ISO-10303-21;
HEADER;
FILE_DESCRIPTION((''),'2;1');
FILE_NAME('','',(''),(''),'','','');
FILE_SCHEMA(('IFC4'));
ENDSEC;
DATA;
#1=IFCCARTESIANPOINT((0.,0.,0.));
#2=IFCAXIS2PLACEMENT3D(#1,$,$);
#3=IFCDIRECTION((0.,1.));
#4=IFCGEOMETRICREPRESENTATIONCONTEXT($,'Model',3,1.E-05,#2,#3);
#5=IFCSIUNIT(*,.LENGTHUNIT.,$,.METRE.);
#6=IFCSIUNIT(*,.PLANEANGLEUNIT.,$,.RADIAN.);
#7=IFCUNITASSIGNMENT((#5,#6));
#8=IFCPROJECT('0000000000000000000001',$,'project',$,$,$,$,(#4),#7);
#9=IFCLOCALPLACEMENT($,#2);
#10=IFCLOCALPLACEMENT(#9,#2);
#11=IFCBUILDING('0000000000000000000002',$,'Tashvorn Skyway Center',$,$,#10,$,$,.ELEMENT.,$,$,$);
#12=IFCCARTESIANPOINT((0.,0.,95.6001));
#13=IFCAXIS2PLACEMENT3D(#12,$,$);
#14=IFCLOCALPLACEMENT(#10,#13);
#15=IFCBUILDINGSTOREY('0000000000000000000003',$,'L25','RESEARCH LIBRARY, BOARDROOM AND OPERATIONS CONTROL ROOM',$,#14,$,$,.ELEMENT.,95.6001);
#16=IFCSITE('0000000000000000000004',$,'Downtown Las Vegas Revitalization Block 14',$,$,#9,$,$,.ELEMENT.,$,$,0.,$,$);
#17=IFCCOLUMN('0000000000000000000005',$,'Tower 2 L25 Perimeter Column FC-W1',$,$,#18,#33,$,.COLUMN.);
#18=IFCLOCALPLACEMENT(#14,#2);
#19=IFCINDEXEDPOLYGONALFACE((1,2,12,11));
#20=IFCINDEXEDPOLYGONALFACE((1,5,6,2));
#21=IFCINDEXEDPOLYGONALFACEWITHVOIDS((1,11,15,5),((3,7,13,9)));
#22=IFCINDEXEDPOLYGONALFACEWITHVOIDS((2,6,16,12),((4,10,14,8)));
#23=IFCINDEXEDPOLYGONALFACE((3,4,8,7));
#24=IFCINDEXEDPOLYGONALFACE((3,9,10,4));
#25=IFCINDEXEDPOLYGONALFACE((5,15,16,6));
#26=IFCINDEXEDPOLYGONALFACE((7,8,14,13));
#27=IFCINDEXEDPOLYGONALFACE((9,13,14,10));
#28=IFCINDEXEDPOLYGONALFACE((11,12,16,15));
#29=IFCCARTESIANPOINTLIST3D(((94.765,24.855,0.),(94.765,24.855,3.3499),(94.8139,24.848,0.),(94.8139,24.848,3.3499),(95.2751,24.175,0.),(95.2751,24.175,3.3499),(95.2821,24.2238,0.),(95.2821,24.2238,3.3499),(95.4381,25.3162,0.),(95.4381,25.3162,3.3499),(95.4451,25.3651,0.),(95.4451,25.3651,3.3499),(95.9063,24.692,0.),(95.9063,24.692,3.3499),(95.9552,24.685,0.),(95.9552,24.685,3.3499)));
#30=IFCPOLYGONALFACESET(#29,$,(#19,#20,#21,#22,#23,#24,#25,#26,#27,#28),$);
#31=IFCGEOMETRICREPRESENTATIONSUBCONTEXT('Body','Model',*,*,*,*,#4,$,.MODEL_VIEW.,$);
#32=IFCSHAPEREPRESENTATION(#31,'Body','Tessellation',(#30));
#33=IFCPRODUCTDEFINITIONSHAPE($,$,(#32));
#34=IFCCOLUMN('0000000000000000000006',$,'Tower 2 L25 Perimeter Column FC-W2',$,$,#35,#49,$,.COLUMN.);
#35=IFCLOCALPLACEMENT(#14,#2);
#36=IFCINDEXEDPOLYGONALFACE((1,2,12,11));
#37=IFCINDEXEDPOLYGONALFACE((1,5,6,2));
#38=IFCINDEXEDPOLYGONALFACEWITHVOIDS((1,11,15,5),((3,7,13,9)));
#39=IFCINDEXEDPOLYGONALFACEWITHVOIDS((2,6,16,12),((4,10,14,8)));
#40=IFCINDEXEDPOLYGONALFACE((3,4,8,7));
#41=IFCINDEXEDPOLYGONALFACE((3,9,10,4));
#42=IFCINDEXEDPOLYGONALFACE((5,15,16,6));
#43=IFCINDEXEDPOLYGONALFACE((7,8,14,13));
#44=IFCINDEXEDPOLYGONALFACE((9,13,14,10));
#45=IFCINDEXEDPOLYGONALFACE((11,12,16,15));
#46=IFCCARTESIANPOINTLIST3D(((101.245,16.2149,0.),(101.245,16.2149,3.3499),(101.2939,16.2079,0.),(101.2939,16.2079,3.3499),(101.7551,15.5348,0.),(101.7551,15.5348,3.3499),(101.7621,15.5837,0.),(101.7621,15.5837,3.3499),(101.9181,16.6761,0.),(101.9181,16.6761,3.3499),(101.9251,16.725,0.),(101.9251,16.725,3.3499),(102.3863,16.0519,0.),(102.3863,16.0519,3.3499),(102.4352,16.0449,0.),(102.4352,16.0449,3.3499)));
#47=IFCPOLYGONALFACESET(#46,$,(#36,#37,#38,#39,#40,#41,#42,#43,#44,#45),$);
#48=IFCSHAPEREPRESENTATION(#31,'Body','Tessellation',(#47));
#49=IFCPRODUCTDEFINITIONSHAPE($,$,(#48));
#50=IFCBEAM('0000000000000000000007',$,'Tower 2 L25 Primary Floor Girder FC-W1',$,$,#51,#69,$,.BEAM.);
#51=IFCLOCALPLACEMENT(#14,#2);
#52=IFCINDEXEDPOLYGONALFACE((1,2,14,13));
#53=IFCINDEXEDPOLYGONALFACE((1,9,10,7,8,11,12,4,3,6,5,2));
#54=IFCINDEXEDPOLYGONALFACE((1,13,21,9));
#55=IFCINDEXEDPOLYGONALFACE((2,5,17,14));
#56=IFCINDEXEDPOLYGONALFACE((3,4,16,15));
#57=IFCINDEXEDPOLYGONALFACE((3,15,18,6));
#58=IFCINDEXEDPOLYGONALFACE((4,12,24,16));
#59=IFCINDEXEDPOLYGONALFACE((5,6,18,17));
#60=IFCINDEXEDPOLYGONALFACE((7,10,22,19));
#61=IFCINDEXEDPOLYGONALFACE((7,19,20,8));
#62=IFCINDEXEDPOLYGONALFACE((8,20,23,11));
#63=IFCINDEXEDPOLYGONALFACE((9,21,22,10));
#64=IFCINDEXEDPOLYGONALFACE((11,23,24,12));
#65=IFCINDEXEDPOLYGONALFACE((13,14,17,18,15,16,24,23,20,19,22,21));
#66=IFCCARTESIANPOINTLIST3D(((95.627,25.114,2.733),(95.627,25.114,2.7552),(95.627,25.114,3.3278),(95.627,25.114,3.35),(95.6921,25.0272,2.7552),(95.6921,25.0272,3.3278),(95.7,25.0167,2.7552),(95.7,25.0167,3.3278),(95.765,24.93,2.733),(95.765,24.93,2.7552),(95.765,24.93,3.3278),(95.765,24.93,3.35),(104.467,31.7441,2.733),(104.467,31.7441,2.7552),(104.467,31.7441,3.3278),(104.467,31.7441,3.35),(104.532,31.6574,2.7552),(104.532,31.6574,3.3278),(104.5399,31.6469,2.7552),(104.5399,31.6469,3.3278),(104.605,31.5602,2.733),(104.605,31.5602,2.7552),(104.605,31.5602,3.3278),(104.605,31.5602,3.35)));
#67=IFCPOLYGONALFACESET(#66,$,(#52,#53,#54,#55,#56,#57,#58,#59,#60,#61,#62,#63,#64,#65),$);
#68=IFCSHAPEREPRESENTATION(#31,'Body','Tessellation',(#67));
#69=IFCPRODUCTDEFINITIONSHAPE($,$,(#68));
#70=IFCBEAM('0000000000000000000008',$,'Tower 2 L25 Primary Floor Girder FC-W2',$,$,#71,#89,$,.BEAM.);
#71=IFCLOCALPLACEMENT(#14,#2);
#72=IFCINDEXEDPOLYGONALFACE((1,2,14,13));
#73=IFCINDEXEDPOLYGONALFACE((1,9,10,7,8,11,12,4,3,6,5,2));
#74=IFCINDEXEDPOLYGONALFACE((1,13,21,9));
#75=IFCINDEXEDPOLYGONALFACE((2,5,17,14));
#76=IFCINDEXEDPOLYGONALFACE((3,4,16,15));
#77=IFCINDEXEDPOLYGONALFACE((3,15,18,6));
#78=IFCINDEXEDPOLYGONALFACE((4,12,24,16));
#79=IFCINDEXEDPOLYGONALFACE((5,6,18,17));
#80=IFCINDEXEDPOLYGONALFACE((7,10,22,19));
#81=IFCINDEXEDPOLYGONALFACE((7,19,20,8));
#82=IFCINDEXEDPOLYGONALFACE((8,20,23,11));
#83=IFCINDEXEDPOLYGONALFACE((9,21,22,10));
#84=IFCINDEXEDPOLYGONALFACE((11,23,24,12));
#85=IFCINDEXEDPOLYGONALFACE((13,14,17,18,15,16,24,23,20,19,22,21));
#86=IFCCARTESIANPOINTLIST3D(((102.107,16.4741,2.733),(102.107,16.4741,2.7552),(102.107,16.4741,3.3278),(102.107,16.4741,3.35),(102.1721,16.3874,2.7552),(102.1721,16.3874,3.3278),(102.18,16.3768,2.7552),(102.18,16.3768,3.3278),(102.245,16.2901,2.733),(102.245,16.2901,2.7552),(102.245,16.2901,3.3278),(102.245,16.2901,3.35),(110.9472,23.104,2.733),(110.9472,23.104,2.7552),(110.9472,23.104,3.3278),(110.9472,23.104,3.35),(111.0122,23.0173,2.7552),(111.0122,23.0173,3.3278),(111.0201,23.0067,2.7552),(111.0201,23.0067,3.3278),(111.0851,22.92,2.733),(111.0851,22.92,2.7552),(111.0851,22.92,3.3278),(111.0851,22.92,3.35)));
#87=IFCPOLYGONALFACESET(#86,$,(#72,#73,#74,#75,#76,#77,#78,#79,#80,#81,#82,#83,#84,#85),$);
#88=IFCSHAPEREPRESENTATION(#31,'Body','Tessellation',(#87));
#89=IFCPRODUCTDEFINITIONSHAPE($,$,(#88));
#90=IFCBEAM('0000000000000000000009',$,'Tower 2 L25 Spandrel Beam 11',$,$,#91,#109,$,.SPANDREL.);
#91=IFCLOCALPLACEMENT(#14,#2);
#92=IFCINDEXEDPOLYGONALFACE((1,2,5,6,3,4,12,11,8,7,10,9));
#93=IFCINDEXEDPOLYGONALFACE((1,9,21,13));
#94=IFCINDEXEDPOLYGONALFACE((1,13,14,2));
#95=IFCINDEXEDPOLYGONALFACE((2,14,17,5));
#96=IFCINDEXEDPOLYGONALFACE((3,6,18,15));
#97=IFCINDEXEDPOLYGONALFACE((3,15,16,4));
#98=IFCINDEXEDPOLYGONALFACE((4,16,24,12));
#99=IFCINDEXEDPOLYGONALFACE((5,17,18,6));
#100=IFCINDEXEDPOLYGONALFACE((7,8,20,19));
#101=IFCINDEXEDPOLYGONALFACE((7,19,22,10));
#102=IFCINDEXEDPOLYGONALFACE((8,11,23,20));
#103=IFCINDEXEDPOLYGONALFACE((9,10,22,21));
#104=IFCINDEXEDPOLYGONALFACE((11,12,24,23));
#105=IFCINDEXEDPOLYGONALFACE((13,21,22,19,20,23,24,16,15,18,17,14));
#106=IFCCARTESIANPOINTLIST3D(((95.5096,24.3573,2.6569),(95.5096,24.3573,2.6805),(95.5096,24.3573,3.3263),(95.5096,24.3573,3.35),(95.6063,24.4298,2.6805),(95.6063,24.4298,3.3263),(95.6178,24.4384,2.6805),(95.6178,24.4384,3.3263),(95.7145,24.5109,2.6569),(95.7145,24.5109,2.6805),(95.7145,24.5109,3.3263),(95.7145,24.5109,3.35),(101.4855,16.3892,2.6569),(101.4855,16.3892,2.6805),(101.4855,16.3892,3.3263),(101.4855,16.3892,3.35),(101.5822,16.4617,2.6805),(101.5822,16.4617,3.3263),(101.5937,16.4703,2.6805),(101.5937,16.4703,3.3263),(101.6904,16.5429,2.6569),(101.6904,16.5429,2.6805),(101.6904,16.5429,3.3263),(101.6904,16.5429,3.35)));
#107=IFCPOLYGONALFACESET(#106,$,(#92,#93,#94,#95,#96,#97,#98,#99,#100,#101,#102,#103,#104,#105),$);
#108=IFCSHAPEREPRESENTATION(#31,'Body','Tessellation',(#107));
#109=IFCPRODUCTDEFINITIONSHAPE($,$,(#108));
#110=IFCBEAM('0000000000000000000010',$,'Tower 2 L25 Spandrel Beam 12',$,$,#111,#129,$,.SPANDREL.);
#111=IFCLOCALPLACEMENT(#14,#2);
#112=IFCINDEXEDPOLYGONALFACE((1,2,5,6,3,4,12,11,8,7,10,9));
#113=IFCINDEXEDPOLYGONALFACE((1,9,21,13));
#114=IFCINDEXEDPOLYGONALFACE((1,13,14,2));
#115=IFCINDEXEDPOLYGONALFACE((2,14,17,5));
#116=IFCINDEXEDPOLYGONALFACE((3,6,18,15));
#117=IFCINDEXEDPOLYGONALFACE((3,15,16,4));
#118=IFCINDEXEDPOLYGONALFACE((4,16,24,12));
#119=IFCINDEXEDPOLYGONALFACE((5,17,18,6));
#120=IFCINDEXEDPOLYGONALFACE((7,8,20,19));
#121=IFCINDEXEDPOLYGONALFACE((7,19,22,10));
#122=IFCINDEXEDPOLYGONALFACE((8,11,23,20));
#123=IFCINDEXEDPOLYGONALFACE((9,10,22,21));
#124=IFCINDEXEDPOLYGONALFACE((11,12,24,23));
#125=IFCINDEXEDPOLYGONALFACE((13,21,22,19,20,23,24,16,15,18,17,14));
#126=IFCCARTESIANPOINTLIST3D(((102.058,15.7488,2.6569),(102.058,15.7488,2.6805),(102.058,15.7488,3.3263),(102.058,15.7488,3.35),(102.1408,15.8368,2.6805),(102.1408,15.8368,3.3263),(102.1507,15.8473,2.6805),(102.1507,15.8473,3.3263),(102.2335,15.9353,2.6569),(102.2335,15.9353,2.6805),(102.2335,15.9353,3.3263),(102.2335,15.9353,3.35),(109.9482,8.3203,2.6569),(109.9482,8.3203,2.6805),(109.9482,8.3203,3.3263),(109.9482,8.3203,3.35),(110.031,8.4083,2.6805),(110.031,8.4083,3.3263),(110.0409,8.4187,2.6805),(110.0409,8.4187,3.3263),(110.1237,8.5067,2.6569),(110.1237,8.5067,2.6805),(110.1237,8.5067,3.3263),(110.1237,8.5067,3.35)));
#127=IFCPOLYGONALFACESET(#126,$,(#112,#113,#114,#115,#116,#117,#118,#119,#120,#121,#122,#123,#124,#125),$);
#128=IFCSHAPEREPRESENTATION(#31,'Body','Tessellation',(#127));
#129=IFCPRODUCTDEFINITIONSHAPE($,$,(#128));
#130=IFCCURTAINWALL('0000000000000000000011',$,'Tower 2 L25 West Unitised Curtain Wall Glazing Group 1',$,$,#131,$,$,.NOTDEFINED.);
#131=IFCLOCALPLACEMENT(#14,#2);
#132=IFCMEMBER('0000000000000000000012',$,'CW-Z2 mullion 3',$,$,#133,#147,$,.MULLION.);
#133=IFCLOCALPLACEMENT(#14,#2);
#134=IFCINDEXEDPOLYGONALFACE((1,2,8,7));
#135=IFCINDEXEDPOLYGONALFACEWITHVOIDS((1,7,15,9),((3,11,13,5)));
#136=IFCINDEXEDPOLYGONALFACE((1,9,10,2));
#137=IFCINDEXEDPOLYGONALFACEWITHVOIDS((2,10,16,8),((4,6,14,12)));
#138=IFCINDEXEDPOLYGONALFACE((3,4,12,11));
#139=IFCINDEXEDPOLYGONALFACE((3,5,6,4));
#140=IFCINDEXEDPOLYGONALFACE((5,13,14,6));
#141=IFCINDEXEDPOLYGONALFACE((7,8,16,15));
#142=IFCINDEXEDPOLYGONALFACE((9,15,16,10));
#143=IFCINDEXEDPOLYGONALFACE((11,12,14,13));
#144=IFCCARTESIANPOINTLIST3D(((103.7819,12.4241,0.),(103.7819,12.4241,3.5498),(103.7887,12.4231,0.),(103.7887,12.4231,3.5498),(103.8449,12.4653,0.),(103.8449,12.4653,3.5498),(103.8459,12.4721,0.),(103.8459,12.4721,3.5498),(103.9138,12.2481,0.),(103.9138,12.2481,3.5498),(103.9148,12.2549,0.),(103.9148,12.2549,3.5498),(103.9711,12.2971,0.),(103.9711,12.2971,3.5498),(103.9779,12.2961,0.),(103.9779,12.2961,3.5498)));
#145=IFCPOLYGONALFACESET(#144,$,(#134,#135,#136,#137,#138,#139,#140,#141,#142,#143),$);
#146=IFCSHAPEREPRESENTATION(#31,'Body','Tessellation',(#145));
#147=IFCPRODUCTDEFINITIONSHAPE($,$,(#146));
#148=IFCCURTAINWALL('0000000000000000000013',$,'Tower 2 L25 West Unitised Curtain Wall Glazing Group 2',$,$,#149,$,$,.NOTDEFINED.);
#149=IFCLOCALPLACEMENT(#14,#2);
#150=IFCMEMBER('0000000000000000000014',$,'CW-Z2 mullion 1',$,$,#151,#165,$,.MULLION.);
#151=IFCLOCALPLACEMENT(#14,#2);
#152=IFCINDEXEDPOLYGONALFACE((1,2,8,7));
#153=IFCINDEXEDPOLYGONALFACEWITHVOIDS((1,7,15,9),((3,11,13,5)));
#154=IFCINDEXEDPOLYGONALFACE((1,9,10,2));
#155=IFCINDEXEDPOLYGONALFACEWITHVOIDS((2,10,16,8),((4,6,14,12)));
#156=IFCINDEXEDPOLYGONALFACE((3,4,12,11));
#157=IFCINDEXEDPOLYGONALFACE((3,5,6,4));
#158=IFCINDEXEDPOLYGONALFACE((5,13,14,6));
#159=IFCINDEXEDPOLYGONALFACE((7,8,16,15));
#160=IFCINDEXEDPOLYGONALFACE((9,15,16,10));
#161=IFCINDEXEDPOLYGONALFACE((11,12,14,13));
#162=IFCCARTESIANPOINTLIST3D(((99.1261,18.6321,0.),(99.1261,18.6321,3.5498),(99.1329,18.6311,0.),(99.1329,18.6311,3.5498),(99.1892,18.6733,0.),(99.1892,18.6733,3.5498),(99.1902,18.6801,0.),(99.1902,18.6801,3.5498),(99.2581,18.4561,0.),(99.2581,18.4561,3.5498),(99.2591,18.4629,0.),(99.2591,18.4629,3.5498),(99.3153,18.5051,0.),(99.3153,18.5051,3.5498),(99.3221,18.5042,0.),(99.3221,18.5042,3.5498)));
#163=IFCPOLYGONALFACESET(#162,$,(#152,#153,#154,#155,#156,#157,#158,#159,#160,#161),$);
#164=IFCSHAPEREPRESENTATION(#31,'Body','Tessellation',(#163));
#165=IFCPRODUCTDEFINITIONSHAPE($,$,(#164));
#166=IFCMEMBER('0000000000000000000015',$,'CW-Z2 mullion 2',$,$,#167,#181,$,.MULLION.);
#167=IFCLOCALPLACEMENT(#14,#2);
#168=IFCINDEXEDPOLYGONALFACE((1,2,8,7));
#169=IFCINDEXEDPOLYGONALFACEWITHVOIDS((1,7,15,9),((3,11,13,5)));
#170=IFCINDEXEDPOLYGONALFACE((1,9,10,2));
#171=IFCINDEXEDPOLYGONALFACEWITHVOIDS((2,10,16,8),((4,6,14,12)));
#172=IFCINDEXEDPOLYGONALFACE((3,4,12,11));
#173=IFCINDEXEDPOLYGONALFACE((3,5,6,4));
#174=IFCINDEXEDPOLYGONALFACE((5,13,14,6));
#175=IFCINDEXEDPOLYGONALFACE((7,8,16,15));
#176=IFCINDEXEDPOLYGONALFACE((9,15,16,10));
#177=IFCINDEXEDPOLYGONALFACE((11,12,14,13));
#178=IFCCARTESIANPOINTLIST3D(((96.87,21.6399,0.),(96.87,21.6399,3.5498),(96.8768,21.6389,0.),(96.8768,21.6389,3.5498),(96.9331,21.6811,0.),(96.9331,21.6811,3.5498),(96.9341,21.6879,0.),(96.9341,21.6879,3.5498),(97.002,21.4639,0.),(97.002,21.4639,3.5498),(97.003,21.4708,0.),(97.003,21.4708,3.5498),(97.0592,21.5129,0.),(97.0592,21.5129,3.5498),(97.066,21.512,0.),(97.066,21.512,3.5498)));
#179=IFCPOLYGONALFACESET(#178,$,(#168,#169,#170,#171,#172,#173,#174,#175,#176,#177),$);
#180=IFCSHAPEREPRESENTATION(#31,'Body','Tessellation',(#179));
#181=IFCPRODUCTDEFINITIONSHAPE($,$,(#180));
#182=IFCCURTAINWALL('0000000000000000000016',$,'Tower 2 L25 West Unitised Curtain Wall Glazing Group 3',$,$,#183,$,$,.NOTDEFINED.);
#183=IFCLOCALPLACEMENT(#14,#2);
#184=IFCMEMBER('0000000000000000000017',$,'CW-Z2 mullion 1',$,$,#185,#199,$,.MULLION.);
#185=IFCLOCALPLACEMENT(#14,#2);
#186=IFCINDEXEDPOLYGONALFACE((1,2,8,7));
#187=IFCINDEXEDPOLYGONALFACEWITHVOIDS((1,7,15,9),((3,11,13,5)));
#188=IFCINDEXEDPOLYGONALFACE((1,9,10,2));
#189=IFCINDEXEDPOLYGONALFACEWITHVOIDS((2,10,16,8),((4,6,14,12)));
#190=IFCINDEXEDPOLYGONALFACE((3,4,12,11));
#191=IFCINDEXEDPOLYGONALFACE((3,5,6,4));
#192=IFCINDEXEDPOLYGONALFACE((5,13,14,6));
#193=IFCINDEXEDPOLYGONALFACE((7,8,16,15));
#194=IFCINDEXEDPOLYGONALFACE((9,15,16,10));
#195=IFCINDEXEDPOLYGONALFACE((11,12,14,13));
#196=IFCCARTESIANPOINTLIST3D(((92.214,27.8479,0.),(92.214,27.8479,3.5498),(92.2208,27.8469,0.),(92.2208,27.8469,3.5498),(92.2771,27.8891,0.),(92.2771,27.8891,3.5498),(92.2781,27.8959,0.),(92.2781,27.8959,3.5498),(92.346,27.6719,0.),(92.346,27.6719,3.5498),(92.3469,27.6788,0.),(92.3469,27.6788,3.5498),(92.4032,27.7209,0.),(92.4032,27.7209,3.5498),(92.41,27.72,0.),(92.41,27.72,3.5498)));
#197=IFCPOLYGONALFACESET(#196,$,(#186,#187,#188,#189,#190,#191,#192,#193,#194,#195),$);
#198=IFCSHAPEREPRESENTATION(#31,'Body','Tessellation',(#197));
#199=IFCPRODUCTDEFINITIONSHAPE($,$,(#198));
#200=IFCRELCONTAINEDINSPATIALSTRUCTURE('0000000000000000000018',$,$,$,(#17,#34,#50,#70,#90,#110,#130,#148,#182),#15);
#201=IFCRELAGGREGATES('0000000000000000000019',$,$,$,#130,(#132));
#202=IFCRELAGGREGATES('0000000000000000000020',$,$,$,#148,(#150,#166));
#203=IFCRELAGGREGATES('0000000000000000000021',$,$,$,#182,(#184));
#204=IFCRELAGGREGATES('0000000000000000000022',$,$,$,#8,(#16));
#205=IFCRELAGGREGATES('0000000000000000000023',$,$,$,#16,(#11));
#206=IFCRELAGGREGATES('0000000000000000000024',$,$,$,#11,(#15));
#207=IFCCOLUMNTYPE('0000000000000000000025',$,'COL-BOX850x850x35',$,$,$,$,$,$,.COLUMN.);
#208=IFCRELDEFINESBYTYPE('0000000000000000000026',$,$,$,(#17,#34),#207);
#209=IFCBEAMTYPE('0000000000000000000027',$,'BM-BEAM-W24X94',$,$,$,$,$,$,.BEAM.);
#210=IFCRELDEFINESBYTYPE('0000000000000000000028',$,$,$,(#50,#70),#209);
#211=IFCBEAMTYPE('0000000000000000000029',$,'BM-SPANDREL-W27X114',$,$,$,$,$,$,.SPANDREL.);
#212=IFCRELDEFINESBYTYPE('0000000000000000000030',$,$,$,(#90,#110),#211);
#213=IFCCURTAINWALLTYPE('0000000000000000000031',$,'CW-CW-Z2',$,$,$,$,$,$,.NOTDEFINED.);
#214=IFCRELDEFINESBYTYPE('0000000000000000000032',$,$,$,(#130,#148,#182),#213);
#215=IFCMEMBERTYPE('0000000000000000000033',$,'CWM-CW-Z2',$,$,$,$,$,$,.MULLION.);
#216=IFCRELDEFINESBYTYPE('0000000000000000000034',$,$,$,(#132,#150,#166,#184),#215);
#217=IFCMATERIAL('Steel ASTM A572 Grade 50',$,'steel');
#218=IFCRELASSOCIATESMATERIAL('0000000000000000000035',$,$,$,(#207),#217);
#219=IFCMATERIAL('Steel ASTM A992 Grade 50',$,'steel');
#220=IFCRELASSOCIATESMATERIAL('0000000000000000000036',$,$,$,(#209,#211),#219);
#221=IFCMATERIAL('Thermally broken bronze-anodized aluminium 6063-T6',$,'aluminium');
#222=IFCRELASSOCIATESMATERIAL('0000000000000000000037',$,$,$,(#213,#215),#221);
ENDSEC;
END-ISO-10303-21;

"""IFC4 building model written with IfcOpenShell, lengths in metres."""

from ifc_helpers import new_model, si_unit, direction, frame, origin, origin_2d, place, context, subcontext, project, spatial, hollow_rectangle, i_section, extrude, material, material_profile, profile_set, type_object, element, aggregate, save


model = new_model("IFC4")

# Units and contexts
model_context = context("Model", 3, precision=1e-05, world=origin(), true_north=direction((0.0, 1.0)))
body_context = subcontext(model_context, "Body", "Model", "MODEL_VIEW")
ifc_project = project(units=[si_unit("LENGTHUNIT", "METRE"), si_unit("PLANEANGLEUNIT", "RADIAN")], contexts=[model_context])

# Site, building, storey
site_placement = place(None, origin())
site = spatial("IfcSite", under=ifc_project, at=site_placement, Name="Downtown Las Vegas Revitalization Block 14", CompositionType="ELEMENT", RefElevation=0.0)
building_placement = place(site_placement, origin())
building = spatial("IfcBuilding", under=site, at=building_placement, Name="Tashvorn Skyway Center", CompositionType="ELEMENT")
storey_placement = place(building_placement, frame((0.0, 0.0, 95.6001)))
storey = spatial("IfcBuildingStorey", under=building, at=storey_placement, Name="L25", Description="RESEARCH LIBRARY, BOARDROOM AND OPERATIONS CONTROL ROOM", CompositionType="ELEMENT", Elevation=95.6001)

# Columns
ifc_material_1 = material(Name="Steel ASTM A572 Grade 50", Category="steel")
ifc_material_profile_1 = material_profile(ifc_material_1, hollow_rectangle(XDim=0.8501, YDim=0.8501, WallThickness=0.0349, at=origin_2d()), Name="BOX850x850x35")
ifc_profile_set_1 = profile_set([ifc_material_profile_1], Name="Steel ASTM A572 Grade 50")
column_type = type_object("IfcColumnType", Name="COL-BOX850x850x35", PredefinedType="COLUMN", material=ifc_profile_set_1)
for number, where, z_axis, x_axis, name in (
    (1, (95.3601, 24.77, 0.0), (0.0, 0.0, 1.0), (0.8, 0.6, 0.0), "Tower 2 L25 Perimeter Column FC-W1"),
    (2, (101.8401, 16.1299, 0.0), (0.0, 0.0, 1.0), (0.8, 0.6, 0.0), "Tower 2 L25 Perimeter Column FC-W2"),
):
    element("IfcColumn", number, at=place(storey_placement, frame(where, z_axis=z_axis, x_axis=x_axis)), inside=storey, type_object=column_type, Name=name, PredefinedType="COLUMN", context=body_context, shape_type="SweptSolid", body=[
        extrude(hollow_rectangle(XDim=0.8501, YDim=0.8501, WallThickness=0.0349, at=origin_2d()), origin(), (0.0, 0.0, 1.0), 3.3499),
    ])

# Beams
ifc_material_2 = material(Name="Steel ASTM A992 Grade 50", Category="steel")
ifc_material_profile_2 = material_profile(ifc_material_2, i_section(OverallWidth=0.23, OverallDepth=0.6169, WebThickness=0.0132, FlangeThickness=0.0222, at=origin_2d()), Name="W24X94")
ifc_profile_set_2 = profile_set([ifc_material_profile_2], Name="Steel ASTM A992 Grade 50")
beam_type_1 = type_object("IfcBeamType", Name="BM-BEAM-W24X94", PredefinedType="BEAM", material=ifc_profile_set_2)
for number, where, z_axis, x_axis, name in (
    (3, (95.696, 25.022, 3.0415), (0.799989, 0.600014, 0.0), (-0.600014, 0.799989, 0.0), "Tower 2 L25 Primary Floor Girder FC-W1"),
    (4, (102.176, 16.3821, 3.0415), (0.800008, 0.599989, 0.0), (-0.599989, 0.800008, 0.0), "Tower 2 L25 Primary Floor Girder FC-W2"),
):
    element("IfcBeam", number, at=place(storey_placement, frame(where, z_axis=z_axis, x_axis=x_axis)), inside=storey, type_object=beam_type_1, Name=name, PredefinedType="BEAM", context=body_context, shape_type="SweptSolid", body=[
        extrude(i_section(OverallWidth=0.23, OverallDepth=0.6169, WebThickness=0.0132, FlangeThickness=0.0222, at=origin_2d()), origin(), (0.0, 0.0, 1.0), 11.05),
    ])
ifc_material_profile_3 = material_profile(ifc_material_2, i_section(OverallWidth=0.2561, OverallDepth=0.6931, WebThickness=0.0144, FlangeThickness=0.0237, at=origin_2d()), Name="W27X114")
ifc_profile_set_3 = profile_set([ifc_material_profile_3], Name="Steel ASTM A992 Grade 50")
beam_type_2 = type_object("IfcBeamType", Name="BM-SPANDREL-W27X114", PredefinedType="SPANDREL", material=ifc_profile_set_3)
beam_1_placement = place(storey_placement, frame((95.6121, 24.4341, 3.0034), z_axis=(0.599988, -0.800009, 0.0), x_axis=(0.800009, 0.599988, 0.0)))
element("IfcBeam", 5, at=beam_1_placement, inside=storey, type_object=beam_type_2, Name="Tower 2 L25 Spandrel Beam 11", PredefinedType="SPANDREL", context=body_context, shape_type="SweptSolid", body=[
    extrude(i_section(OverallWidth=0.2561, OverallDepth=0.6931, WebThickness=0.0144, FlangeThickness=0.0237, at=origin_2d()), origin(), (0.0, 0.0, 1.0), 9.96),
])
beam_2_placement = place(storey_placement, frame((102.1458, 15.842, 3.0034), z_axis=(0.728087, -0.685485, 0.0), x_axis=(0.685485, 0.728087, 0.0)))
element("IfcBeam", 6, at=beam_2_placement, inside=storey, type_object=beam_type_2, Name="Tower 2 L25 Spandrel Beam 12", PredefinedType="SPANDREL", context=body_context, shape_type="SweptSolid", body=[
    extrude(i_section(OverallWidth=0.2561, OverallDepth=0.6931, WebThickness=0.0144, FlangeThickness=0.0237, at=origin_2d()), origin(), (0.0, 0.0, 1.0), 10.8369),
])

# Curtain wall, member
ifc_material_3 = material(Name="Thermally broken bronze-anodized aluminium 6063-T6", Category="aluminium")
curtain_wall_type = type_object("IfcCurtainWallType", Name="CW-CW-Z2", PredefinedType="NOTDEFINED", material=ifc_material_3)
curtain_wall_1_placement = place(storey_placement, origin())
curtain_wall_1 = element("IfcCurtainWall", 7, at=curtain_wall_1_placement, inside=storey, type_object=curtain_wall_type, Name="Tower 2 L25 West Unitised Curtain Wall Glazing Group 1", PredefinedType="NOTDEFINED")
ifc_material_profile_4 = material_profile(ifc_material_3, hollow_rectangle(XDim=0.0801, YDim=0.22, WallThickness=0.0049, at=origin_2d()), Name="ALU-MULL-80x220")
ifc_profile_set_4 = profile_set([ifc_material_profile_4], Name="Thermally broken bronze-anodized aluminium 6063-T6")
member_type_1 = type_object("IfcMemberType", Name="CWM-CW-Z2", PredefinedType="MULLION", material=ifc_profile_set_4)
member_1_placement = place(storey_placement, frame((103.8799, 12.3601, 0.0), z_axis=(0.0, 0.0, 1.0), x_axis=(-0.8, -0.6, 0.0)))
member_1 = element("IfcMember", 8, at=member_1_placement, type_object=member_type_1, Name="CW-Z2 mullion 3", PredefinedType="MULLION", context=body_context, shape_type="SweptSolid", body=[
    extrude(hollow_rectangle(XDim=0.0801, YDim=0.22, WallThickness=0.0049, at=origin_2d()), origin(), (0.0, 0.0, 1.0), 3.5498),
])

# Curtain walls, members
curtain_wall_2_placement = place(storey_placement, origin())
curtain_wall_2 = element("IfcCurtainWall", 9, at=curtain_wall_2_placement, inside=storey, type_object=curtain_wall_type, Name="Tower 2 L25 West Unitised Curtain Wall Glazing Group 2", PredefinedType="NOTDEFINED")
member_2_placement = place(storey_placement, frame((99.2241, 18.5681, 0.0), z_axis=(0.0, 0.0, 1.0), x_axis=(-0.8, -0.6, 0.0)))
member_2 = element("IfcMember", 10, at=member_2_placement, type_object=member_type_1, Name="CW-Z2 mullion 1", PredefinedType="MULLION", context=body_context, shape_type="SweptSolid", body=[
    extrude(hollow_rectangle(XDim=0.0801, YDim=0.22, WallThickness=0.0049, at=origin_2d()), origin(), (0.0, 0.0, 1.0), 3.5498),
])
member_3_placement = place(storey_placement, frame((96.968, 21.5759, 0.0), z_axis=(0.0, 0.0, 1.0), x_axis=(-0.8, -0.6, 0.0)))
member_3 = element("IfcMember", 11, at=member_3_placement, type_object=member_type_1, Name="CW-Z2 mullion 2", PredefinedType="MULLION", context=body_context, shape_type="SweptSolid", body=[
    extrude(hollow_rectangle(XDim=0.0801, YDim=0.22, WallThickness=0.0049, at=origin_2d()), origin(), (0.0, 0.0, 1.0), 3.5498),
])
curtain_wall_3_placement = place(storey_placement, origin())
curtain_wall_3 = element("IfcCurtainWall", 12, at=curtain_wall_3_placement, inside=storey, type_object=curtain_wall_type, Name="Tower 2 L25 West Unitised Curtain Wall Glazing Group 3", PredefinedType="NOTDEFINED")
member_4_placement = place(storey_placement, frame((92.312, 27.7839, 0.0), z_axis=(0.0, 0.0, 1.0), x_axis=(-0.8, -0.6, 0.0)))
member_4 = element("IfcMember", 13, at=member_4_placement, type_object=member_type_1, Name="CW-Z2 mullion 1", PredefinedType="MULLION", context=body_context, shape_type="SweptSolid", body=[
    extrude(hollow_rectangle(XDim=0.0801, YDim=0.22, WallThickness=0.0049, at=origin_2d()), origin(), (0.0, 0.0, 1.0), 3.5498),
])

aggregate(curtain_wall_1, [member_1])
aggregate(curtain_wall_2, [member_2, member_3])
aggregate(curtain_wall_3, [member_4])

save(model, "model.ifc")
